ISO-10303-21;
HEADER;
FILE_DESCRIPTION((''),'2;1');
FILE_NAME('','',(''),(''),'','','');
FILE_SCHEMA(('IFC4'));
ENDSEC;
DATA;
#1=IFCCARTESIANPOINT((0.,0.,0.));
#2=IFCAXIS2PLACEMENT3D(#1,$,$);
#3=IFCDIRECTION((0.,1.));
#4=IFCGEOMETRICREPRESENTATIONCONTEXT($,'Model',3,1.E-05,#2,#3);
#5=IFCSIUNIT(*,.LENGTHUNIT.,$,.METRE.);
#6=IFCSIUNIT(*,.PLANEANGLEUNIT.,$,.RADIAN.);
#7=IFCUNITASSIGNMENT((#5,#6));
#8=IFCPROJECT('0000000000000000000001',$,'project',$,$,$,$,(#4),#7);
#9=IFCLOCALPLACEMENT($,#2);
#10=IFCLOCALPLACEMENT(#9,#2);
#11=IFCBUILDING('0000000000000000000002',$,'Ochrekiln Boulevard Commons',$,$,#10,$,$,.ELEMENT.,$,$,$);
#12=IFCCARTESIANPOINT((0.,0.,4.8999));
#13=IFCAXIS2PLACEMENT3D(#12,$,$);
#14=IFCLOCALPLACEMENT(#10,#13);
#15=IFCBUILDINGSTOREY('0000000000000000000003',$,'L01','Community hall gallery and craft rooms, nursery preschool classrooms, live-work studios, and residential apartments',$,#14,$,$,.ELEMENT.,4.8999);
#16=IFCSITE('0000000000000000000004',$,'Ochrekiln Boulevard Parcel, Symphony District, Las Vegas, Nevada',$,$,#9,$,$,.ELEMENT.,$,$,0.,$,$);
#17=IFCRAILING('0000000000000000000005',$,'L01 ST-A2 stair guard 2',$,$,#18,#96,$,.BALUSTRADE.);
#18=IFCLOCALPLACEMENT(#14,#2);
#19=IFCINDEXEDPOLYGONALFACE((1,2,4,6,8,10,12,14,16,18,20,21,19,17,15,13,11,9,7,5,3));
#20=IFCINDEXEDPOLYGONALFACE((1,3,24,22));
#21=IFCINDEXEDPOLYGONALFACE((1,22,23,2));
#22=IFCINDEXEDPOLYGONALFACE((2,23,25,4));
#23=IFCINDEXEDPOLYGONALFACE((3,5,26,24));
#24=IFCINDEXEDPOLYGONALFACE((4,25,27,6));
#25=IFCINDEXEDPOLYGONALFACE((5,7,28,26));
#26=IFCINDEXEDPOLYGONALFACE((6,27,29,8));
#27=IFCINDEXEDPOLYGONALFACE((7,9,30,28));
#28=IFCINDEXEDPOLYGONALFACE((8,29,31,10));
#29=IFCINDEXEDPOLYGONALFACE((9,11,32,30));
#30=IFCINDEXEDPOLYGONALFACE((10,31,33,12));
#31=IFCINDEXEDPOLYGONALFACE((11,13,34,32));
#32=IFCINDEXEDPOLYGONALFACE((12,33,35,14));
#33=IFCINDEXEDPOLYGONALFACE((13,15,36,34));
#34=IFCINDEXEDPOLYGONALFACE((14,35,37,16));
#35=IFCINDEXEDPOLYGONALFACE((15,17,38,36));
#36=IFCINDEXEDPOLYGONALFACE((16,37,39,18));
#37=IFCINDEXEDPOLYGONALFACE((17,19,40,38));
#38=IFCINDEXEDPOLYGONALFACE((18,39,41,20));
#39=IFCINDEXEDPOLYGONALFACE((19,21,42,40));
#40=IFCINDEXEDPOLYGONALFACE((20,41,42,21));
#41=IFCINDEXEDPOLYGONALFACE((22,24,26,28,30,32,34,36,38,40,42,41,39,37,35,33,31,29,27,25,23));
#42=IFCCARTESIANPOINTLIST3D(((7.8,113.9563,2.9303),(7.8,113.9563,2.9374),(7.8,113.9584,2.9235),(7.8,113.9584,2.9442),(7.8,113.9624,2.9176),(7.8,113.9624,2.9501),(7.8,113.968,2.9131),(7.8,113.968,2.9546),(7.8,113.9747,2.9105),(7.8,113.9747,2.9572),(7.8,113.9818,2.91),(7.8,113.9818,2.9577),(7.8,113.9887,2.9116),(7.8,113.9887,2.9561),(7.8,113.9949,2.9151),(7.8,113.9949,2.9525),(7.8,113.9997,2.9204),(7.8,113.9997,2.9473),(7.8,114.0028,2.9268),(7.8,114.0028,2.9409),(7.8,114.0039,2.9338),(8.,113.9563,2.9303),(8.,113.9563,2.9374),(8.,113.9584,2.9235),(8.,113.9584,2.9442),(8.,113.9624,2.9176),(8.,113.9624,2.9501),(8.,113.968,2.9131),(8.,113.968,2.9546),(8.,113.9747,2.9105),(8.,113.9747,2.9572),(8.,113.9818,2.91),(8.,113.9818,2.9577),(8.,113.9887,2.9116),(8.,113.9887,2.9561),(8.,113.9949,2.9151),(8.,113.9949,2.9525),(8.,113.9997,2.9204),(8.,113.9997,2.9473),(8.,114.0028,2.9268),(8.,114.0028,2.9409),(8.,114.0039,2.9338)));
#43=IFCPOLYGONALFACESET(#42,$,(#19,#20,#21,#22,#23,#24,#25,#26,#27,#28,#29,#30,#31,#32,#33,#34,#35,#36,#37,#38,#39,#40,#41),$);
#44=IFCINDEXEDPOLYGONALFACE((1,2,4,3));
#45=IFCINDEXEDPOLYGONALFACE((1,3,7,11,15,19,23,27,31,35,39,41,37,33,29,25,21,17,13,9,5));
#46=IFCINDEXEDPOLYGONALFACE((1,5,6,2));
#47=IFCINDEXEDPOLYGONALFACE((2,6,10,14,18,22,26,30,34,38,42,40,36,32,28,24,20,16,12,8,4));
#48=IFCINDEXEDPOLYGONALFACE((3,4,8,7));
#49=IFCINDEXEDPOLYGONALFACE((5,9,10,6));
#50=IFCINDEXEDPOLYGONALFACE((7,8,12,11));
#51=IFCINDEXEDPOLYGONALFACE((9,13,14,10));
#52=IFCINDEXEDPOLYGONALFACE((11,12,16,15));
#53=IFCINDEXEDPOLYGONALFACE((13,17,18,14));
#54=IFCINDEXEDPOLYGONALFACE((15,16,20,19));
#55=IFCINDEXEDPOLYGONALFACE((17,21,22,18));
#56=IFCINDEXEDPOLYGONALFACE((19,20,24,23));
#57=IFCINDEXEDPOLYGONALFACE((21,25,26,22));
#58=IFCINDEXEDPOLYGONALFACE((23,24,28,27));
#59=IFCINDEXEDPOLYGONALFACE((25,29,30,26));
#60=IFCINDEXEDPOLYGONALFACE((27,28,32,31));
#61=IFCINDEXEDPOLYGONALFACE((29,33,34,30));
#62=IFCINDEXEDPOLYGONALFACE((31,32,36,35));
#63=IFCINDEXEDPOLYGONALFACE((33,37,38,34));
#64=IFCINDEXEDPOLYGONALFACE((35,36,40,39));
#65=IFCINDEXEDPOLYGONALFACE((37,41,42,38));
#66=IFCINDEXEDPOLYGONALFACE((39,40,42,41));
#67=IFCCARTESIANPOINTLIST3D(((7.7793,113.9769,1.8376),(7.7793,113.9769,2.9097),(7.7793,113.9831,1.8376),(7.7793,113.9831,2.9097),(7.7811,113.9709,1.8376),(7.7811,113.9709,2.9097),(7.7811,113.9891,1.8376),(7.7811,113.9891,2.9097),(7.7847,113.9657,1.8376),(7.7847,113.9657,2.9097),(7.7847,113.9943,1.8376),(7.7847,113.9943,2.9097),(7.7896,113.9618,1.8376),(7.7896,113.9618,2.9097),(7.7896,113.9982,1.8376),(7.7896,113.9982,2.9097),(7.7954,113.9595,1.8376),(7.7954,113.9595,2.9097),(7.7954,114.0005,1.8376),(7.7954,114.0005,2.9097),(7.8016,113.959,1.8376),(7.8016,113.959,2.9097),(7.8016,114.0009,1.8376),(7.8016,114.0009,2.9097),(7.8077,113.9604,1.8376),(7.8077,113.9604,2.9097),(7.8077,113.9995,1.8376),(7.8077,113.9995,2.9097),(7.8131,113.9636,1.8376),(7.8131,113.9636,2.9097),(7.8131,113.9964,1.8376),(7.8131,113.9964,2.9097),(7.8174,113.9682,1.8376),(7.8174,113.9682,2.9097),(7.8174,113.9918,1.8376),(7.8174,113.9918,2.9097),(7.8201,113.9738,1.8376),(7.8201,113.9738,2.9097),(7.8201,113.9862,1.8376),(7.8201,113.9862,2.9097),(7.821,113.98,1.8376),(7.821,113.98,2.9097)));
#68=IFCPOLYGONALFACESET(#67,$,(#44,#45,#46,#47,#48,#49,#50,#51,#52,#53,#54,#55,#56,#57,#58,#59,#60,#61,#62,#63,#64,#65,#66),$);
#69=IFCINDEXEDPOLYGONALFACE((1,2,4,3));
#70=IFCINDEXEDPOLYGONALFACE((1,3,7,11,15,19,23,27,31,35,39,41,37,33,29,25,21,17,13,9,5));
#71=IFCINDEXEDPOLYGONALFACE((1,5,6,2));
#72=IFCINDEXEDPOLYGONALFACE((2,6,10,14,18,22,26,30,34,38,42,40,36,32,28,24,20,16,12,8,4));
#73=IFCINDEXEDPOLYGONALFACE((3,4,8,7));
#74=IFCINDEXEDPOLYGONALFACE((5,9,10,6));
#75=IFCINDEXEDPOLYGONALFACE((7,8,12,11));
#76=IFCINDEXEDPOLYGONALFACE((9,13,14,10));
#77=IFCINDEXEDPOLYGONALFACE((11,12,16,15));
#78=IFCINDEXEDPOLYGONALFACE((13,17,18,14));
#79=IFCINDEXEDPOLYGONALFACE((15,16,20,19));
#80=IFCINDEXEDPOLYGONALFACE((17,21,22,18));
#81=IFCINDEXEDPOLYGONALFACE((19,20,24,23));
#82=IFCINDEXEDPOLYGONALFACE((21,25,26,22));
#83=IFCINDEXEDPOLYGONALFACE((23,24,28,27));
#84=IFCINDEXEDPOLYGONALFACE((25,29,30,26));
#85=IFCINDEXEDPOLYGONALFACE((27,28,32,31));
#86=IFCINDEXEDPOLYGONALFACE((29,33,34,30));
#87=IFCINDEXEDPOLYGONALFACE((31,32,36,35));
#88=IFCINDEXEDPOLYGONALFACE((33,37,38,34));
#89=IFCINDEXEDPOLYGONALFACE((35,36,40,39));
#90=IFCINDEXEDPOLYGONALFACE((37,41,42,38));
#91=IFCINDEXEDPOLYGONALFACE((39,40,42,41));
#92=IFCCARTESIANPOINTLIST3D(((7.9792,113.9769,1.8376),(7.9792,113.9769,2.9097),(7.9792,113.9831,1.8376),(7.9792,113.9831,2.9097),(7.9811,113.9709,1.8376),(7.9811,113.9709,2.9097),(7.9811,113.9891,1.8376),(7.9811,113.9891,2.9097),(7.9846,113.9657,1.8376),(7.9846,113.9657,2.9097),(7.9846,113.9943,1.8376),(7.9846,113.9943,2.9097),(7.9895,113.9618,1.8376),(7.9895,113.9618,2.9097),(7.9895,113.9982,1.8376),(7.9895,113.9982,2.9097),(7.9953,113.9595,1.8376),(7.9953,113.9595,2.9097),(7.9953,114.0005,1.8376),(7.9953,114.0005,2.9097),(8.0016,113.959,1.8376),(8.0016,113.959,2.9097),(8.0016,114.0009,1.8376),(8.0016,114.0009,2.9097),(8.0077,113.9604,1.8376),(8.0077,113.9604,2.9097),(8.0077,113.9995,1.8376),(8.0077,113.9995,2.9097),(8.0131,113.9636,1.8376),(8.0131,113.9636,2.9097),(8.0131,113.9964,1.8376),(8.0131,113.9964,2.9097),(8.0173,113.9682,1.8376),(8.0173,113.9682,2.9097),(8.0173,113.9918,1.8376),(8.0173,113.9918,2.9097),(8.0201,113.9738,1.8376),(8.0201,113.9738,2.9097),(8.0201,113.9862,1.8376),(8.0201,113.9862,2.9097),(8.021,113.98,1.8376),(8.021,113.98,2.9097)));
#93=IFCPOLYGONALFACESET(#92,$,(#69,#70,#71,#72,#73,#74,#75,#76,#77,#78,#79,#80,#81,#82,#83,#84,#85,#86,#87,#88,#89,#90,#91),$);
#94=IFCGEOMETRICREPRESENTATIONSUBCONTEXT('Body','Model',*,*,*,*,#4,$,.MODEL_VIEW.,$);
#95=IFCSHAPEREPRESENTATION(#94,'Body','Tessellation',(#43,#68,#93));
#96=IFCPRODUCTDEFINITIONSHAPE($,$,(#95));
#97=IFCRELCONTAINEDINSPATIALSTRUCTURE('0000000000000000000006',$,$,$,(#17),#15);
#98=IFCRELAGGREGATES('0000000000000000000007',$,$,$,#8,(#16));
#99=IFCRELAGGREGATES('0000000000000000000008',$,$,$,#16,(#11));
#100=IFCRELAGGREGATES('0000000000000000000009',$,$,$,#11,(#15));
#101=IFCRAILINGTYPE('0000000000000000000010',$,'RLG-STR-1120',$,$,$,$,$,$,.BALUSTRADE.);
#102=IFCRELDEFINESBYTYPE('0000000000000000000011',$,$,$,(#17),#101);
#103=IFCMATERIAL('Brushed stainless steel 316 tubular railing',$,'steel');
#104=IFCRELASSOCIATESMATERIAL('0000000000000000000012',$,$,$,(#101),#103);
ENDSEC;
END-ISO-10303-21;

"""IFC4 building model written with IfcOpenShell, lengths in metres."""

from ifc_helpers import new_model, si_unit, direction, frame, origin, origin_2d, place, context, subcontext, project, spatial, circle, extrude, material, type_object, element, save


model = new_model("IFC4")

# Units and contexts
model_context = context("Model", 3, precision=1e-05, world=origin(), true_north=direction((0.0, 1.0)))
body_context = subcontext(model_context, "Body", "Model", "MODEL_VIEW")
ifc_project = project(units=[si_unit("LENGTHUNIT", "METRE"), si_unit("PLANEANGLEUNIT", "RADIAN")], contexts=[model_context])

# Site, building, storey
site_placement = place(None, origin())
site = spatial("IfcSite", under=ifc_project, at=site_placement, Name="Ochrekiln Boulevard Parcel, Symphony District, Las Vegas, Nevada", CompositionType="ELEMENT", RefElevation=0.0)
building_placement = place(site_placement, origin())
building = spatial("IfcBuilding", under=site, at=building_placement, Name="Ochrekiln Boulevard Commons", CompositionType="ELEMENT")
storey_placement = place(building_placement, frame((0.0, 0.0, 4.8999)))
storey = spatial("IfcBuildingStorey", under=building, at=storey_placement, Name="L01", Description="Community hall gallery and craft rooms, nursery preschool classrooms, live-work studios, and residential apartments", CompositionType="ELEMENT", Elevation=4.8999)

# Railing
ifc_material_1 = material(Name="Brushed stainless steel 316 tubular railing", Category="steel")
railing_type_1 = type_object("IfcRailingType", Name="RLG-STR-1120", PredefinedType="BALUSTRADE", material=ifc_material_1)
railing_1_placement = place(storey_placement, frame((7.8, 113.98, 1.8376)))
element("IfcRailing", 1, at=railing_1_placement, inside=storey, type_object=railing_type_1, Name="L01 ST-A2 stair guard 2", PredefinedType="BALUSTRADE", context=body_context, shape_type="SweptSolid", body=[
    extrude(circle(Radius=0.0239, at=origin_2d()), frame((0.0, 0.0, 1.0962), z_axis=(1.0, 0.0, 0.0), x_axis=(0.0, 1.0, 0.0)), (0.0, 0.0, 1.0), 0.2),
    extrude(circle(Radius=0.021, at=origin_2d()), origin(), (0.0, 0.0, 1.0), 1.072),
    extrude(circle(Radius=0.021, at=origin_2d()), frame((0.2, 0.0, 0.0)), (0.0, 0.0, 1.0), 1.072),
])

save(model, "model.ifc")
